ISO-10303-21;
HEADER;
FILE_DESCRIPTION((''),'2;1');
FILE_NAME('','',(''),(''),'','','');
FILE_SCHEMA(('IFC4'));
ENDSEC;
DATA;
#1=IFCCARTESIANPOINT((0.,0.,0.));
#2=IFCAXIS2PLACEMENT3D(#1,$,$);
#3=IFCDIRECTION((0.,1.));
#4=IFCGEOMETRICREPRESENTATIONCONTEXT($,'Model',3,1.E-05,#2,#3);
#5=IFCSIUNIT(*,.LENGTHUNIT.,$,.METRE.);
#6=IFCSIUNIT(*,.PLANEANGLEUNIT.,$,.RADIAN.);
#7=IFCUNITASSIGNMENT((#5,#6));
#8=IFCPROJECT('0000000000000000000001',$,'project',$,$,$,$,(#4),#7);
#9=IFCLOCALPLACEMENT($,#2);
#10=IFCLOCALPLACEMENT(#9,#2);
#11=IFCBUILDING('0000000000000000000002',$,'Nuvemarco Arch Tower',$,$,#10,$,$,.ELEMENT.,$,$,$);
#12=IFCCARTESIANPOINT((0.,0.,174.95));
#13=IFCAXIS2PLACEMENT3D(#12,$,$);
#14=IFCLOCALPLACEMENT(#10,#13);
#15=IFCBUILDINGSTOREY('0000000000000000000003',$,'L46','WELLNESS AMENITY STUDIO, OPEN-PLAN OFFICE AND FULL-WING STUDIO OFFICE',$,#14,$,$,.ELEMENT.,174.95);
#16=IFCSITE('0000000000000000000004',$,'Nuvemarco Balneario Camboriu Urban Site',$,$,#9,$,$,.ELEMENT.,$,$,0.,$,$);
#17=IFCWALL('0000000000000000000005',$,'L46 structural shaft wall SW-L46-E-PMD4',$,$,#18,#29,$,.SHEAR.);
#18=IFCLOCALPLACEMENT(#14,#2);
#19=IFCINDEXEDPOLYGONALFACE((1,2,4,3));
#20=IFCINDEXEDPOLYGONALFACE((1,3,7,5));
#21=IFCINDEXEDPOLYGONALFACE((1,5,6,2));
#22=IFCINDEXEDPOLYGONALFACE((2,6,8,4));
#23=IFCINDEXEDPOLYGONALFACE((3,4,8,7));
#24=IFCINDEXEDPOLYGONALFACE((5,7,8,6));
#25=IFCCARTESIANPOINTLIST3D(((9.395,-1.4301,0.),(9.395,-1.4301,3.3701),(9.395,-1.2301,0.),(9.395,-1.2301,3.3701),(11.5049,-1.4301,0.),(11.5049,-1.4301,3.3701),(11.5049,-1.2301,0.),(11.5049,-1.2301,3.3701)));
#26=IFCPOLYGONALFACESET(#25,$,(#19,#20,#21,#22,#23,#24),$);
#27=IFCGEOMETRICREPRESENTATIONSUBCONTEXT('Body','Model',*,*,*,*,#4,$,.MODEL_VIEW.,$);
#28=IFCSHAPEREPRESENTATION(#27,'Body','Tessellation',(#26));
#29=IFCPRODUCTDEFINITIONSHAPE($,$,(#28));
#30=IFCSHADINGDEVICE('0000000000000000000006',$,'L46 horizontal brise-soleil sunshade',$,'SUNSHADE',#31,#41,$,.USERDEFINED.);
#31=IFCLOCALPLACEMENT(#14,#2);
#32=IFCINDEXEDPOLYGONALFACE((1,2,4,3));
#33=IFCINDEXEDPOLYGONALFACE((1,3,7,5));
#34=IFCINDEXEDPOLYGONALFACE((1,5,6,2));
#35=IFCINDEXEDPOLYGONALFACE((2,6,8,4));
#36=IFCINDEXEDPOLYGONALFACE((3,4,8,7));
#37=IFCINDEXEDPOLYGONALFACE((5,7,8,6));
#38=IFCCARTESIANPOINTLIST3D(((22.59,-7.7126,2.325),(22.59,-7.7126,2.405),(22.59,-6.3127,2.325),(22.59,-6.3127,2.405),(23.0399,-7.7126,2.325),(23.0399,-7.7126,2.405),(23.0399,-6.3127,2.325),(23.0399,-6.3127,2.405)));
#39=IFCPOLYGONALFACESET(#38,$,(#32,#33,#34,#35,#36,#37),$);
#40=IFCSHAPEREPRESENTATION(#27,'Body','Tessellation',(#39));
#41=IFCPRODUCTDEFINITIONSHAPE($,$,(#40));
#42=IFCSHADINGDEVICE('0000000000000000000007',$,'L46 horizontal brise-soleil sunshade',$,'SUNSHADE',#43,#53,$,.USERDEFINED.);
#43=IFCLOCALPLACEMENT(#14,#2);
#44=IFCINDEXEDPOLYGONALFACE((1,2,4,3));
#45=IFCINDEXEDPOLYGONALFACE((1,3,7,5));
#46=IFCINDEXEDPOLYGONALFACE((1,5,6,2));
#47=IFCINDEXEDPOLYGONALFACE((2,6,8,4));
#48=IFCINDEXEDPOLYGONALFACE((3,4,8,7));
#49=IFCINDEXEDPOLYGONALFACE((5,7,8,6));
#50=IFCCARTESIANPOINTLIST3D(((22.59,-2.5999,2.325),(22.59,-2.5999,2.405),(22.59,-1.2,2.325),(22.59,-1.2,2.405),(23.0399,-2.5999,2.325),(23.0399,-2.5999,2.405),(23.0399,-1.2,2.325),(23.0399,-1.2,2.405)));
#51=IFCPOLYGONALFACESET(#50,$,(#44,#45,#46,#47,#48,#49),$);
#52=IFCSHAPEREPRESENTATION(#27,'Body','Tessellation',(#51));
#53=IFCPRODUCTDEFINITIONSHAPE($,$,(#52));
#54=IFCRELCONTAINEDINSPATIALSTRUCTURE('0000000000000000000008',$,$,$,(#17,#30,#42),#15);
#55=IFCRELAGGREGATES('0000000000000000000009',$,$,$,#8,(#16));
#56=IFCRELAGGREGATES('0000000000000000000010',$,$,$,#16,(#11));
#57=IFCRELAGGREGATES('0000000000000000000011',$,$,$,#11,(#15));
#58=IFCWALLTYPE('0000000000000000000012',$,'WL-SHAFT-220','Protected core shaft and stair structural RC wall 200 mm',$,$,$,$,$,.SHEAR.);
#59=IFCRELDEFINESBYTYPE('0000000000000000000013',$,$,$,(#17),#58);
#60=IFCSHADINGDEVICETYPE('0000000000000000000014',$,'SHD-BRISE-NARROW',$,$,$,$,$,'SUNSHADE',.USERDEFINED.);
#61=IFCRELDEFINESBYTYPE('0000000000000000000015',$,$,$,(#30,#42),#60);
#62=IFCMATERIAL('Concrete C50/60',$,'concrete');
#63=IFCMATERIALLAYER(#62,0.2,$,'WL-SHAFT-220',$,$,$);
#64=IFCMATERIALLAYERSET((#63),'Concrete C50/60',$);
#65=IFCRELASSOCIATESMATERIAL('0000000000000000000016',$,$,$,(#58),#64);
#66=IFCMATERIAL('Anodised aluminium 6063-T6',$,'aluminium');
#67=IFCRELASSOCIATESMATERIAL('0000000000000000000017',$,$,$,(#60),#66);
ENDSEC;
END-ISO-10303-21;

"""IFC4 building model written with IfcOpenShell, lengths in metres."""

from ifc_helpers import new_model, si_unit, direction, frame, frame_2d, origin, origin_2d, place, context, subcontext, project, spatial, rectangle, extrude, source, transform, mapped, material, layer, layer_set, type_object, type_shapes, element, save


model = new_model("IFC4")

# Units and contexts
model_context = context("Model", 3, precision=1e-05, world=origin(), true_north=direction((0.0, 1.0)))
body_context = subcontext(model_context, "Body", "Model", "MODEL_VIEW")
ifc_project = project(units=[si_unit("LENGTHUNIT", "METRE"), si_unit("PLANEANGLEUNIT", "RADIAN")], contexts=[model_context])

# Site, building, storey
site_placement = place(None, origin())
site = spatial("IfcSite", under=ifc_project, at=site_placement, Name="Nuvemarco Balneario Camboriu Urban Site", CompositionType="ELEMENT", RefElevation=0.0)
building_placement = place(site_placement, origin())
building = spatial("IfcBuilding", under=site, at=building_placement, Name="Nuvemarco Arch Tower", CompositionType="ELEMENT")
storey_placement = place(building_placement, frame((0.0, 0.0, 174.95)))
storey = spatial("IfcBuildingStorey", under=building, at=storey_placement, Name="L46", Description="WELLNESS AMENITY STUDIO, OPEN-PLAN OFFICE AND FULL-WING STUDIO OFFICE", CompositionType="ELEMENT", Elevation=174.95)

# Shared definitions
ifc_material_1 = material(Name="Concrete C50/60", Category="concrete")

# Shared definitions
ifc_layer_1 = layer(ifc_material_1, 0.2, Name="WL-SHAFT-220")
ifc_layer_set_1 = layer_set([ifc_layer_1], Name="Concrete C50/60")
wall_type_1 = type_object("IfcWallType", Name="WL-SHAFT-220", Description="Protected core shaft and stair structural RC wall 200 mm", PredefinedType="SHEAR", material=ifc_layer_set_1)

# Wall
for number, where, z_axis, x_axis, name in (
    (1, (9.395, -1.3301, 0.0), (0.0, 0.0, 1.0), (1.0, 0.0, 0.0), "L46 structural shaft wall SW-L46-E-PMD4"),
):
    element("IfcWall", number, at=place(storey_placement, frame(where, z_axis=z_axis, x_axis=x_axis)), inside=storey, type_object=wall_type_1, Name=name, PredefinedType="SHEAR", context=body_context, shape_type="SweptSolid", body=[
        extrude(rectangle(XDim=2.1099, YDim=0.2, at=frame_2d((1.0549, 0.0))), origin(), (0.0, 0.0, 1.0), 3.3701),
    ])

# Shading devices
ifc_material_2 = material(Name="Anodised aluminium 6063-T6", Category="aluminium")
shading_device_type = type_object("IfcShadingDeviceType", Name="SHD-BRISE-NARROW", ElementType="SUNSHADE", PredefinedType="USERDEFINED", material=ifc_material_2)
shared_shape_1 = source(origin(), body_context, "Body", "SweptSolid", [
    extrude(rectangle(XDim=1.3999, YDim=0.45, at=origin_2d()), origin(), (0.0, 0.0, 1.0), 0.0801),
])
type_shapes(shading_device_type, [shared_shape_1])
for number, where, z_axis, x_axis, name in (
    (2, (22.8149, -7.0127, 2.325), (0.0, 0.0, 1.0), (0.0, 1.0, 0.0), "L46 horizontal brise-soleil sunshade"),
    (3, (22.8149, -1.8999, 2.325), (0.0, 0.0, 1.0), (0.0, 1.0, 0.0), "L46 horizontal brise-soleil sunshade"),
):
    element("IfcShadingDevice", number, at=place(storey_placement, frame(where, z_axis=z_axis, x_axis=x_axis)), inside=storey, type_object=shading_device_type, Name=name, ObjectType="SUNSHADE", PredefinedType="USERDEFINED", context=body_context, shape_type="MappedRepresentation", body=[
        mapped(shared_shape_1, transform((0.0, 0.0, 0.0), scale=1.0)),
    ])

save(model, "model.ifc")
